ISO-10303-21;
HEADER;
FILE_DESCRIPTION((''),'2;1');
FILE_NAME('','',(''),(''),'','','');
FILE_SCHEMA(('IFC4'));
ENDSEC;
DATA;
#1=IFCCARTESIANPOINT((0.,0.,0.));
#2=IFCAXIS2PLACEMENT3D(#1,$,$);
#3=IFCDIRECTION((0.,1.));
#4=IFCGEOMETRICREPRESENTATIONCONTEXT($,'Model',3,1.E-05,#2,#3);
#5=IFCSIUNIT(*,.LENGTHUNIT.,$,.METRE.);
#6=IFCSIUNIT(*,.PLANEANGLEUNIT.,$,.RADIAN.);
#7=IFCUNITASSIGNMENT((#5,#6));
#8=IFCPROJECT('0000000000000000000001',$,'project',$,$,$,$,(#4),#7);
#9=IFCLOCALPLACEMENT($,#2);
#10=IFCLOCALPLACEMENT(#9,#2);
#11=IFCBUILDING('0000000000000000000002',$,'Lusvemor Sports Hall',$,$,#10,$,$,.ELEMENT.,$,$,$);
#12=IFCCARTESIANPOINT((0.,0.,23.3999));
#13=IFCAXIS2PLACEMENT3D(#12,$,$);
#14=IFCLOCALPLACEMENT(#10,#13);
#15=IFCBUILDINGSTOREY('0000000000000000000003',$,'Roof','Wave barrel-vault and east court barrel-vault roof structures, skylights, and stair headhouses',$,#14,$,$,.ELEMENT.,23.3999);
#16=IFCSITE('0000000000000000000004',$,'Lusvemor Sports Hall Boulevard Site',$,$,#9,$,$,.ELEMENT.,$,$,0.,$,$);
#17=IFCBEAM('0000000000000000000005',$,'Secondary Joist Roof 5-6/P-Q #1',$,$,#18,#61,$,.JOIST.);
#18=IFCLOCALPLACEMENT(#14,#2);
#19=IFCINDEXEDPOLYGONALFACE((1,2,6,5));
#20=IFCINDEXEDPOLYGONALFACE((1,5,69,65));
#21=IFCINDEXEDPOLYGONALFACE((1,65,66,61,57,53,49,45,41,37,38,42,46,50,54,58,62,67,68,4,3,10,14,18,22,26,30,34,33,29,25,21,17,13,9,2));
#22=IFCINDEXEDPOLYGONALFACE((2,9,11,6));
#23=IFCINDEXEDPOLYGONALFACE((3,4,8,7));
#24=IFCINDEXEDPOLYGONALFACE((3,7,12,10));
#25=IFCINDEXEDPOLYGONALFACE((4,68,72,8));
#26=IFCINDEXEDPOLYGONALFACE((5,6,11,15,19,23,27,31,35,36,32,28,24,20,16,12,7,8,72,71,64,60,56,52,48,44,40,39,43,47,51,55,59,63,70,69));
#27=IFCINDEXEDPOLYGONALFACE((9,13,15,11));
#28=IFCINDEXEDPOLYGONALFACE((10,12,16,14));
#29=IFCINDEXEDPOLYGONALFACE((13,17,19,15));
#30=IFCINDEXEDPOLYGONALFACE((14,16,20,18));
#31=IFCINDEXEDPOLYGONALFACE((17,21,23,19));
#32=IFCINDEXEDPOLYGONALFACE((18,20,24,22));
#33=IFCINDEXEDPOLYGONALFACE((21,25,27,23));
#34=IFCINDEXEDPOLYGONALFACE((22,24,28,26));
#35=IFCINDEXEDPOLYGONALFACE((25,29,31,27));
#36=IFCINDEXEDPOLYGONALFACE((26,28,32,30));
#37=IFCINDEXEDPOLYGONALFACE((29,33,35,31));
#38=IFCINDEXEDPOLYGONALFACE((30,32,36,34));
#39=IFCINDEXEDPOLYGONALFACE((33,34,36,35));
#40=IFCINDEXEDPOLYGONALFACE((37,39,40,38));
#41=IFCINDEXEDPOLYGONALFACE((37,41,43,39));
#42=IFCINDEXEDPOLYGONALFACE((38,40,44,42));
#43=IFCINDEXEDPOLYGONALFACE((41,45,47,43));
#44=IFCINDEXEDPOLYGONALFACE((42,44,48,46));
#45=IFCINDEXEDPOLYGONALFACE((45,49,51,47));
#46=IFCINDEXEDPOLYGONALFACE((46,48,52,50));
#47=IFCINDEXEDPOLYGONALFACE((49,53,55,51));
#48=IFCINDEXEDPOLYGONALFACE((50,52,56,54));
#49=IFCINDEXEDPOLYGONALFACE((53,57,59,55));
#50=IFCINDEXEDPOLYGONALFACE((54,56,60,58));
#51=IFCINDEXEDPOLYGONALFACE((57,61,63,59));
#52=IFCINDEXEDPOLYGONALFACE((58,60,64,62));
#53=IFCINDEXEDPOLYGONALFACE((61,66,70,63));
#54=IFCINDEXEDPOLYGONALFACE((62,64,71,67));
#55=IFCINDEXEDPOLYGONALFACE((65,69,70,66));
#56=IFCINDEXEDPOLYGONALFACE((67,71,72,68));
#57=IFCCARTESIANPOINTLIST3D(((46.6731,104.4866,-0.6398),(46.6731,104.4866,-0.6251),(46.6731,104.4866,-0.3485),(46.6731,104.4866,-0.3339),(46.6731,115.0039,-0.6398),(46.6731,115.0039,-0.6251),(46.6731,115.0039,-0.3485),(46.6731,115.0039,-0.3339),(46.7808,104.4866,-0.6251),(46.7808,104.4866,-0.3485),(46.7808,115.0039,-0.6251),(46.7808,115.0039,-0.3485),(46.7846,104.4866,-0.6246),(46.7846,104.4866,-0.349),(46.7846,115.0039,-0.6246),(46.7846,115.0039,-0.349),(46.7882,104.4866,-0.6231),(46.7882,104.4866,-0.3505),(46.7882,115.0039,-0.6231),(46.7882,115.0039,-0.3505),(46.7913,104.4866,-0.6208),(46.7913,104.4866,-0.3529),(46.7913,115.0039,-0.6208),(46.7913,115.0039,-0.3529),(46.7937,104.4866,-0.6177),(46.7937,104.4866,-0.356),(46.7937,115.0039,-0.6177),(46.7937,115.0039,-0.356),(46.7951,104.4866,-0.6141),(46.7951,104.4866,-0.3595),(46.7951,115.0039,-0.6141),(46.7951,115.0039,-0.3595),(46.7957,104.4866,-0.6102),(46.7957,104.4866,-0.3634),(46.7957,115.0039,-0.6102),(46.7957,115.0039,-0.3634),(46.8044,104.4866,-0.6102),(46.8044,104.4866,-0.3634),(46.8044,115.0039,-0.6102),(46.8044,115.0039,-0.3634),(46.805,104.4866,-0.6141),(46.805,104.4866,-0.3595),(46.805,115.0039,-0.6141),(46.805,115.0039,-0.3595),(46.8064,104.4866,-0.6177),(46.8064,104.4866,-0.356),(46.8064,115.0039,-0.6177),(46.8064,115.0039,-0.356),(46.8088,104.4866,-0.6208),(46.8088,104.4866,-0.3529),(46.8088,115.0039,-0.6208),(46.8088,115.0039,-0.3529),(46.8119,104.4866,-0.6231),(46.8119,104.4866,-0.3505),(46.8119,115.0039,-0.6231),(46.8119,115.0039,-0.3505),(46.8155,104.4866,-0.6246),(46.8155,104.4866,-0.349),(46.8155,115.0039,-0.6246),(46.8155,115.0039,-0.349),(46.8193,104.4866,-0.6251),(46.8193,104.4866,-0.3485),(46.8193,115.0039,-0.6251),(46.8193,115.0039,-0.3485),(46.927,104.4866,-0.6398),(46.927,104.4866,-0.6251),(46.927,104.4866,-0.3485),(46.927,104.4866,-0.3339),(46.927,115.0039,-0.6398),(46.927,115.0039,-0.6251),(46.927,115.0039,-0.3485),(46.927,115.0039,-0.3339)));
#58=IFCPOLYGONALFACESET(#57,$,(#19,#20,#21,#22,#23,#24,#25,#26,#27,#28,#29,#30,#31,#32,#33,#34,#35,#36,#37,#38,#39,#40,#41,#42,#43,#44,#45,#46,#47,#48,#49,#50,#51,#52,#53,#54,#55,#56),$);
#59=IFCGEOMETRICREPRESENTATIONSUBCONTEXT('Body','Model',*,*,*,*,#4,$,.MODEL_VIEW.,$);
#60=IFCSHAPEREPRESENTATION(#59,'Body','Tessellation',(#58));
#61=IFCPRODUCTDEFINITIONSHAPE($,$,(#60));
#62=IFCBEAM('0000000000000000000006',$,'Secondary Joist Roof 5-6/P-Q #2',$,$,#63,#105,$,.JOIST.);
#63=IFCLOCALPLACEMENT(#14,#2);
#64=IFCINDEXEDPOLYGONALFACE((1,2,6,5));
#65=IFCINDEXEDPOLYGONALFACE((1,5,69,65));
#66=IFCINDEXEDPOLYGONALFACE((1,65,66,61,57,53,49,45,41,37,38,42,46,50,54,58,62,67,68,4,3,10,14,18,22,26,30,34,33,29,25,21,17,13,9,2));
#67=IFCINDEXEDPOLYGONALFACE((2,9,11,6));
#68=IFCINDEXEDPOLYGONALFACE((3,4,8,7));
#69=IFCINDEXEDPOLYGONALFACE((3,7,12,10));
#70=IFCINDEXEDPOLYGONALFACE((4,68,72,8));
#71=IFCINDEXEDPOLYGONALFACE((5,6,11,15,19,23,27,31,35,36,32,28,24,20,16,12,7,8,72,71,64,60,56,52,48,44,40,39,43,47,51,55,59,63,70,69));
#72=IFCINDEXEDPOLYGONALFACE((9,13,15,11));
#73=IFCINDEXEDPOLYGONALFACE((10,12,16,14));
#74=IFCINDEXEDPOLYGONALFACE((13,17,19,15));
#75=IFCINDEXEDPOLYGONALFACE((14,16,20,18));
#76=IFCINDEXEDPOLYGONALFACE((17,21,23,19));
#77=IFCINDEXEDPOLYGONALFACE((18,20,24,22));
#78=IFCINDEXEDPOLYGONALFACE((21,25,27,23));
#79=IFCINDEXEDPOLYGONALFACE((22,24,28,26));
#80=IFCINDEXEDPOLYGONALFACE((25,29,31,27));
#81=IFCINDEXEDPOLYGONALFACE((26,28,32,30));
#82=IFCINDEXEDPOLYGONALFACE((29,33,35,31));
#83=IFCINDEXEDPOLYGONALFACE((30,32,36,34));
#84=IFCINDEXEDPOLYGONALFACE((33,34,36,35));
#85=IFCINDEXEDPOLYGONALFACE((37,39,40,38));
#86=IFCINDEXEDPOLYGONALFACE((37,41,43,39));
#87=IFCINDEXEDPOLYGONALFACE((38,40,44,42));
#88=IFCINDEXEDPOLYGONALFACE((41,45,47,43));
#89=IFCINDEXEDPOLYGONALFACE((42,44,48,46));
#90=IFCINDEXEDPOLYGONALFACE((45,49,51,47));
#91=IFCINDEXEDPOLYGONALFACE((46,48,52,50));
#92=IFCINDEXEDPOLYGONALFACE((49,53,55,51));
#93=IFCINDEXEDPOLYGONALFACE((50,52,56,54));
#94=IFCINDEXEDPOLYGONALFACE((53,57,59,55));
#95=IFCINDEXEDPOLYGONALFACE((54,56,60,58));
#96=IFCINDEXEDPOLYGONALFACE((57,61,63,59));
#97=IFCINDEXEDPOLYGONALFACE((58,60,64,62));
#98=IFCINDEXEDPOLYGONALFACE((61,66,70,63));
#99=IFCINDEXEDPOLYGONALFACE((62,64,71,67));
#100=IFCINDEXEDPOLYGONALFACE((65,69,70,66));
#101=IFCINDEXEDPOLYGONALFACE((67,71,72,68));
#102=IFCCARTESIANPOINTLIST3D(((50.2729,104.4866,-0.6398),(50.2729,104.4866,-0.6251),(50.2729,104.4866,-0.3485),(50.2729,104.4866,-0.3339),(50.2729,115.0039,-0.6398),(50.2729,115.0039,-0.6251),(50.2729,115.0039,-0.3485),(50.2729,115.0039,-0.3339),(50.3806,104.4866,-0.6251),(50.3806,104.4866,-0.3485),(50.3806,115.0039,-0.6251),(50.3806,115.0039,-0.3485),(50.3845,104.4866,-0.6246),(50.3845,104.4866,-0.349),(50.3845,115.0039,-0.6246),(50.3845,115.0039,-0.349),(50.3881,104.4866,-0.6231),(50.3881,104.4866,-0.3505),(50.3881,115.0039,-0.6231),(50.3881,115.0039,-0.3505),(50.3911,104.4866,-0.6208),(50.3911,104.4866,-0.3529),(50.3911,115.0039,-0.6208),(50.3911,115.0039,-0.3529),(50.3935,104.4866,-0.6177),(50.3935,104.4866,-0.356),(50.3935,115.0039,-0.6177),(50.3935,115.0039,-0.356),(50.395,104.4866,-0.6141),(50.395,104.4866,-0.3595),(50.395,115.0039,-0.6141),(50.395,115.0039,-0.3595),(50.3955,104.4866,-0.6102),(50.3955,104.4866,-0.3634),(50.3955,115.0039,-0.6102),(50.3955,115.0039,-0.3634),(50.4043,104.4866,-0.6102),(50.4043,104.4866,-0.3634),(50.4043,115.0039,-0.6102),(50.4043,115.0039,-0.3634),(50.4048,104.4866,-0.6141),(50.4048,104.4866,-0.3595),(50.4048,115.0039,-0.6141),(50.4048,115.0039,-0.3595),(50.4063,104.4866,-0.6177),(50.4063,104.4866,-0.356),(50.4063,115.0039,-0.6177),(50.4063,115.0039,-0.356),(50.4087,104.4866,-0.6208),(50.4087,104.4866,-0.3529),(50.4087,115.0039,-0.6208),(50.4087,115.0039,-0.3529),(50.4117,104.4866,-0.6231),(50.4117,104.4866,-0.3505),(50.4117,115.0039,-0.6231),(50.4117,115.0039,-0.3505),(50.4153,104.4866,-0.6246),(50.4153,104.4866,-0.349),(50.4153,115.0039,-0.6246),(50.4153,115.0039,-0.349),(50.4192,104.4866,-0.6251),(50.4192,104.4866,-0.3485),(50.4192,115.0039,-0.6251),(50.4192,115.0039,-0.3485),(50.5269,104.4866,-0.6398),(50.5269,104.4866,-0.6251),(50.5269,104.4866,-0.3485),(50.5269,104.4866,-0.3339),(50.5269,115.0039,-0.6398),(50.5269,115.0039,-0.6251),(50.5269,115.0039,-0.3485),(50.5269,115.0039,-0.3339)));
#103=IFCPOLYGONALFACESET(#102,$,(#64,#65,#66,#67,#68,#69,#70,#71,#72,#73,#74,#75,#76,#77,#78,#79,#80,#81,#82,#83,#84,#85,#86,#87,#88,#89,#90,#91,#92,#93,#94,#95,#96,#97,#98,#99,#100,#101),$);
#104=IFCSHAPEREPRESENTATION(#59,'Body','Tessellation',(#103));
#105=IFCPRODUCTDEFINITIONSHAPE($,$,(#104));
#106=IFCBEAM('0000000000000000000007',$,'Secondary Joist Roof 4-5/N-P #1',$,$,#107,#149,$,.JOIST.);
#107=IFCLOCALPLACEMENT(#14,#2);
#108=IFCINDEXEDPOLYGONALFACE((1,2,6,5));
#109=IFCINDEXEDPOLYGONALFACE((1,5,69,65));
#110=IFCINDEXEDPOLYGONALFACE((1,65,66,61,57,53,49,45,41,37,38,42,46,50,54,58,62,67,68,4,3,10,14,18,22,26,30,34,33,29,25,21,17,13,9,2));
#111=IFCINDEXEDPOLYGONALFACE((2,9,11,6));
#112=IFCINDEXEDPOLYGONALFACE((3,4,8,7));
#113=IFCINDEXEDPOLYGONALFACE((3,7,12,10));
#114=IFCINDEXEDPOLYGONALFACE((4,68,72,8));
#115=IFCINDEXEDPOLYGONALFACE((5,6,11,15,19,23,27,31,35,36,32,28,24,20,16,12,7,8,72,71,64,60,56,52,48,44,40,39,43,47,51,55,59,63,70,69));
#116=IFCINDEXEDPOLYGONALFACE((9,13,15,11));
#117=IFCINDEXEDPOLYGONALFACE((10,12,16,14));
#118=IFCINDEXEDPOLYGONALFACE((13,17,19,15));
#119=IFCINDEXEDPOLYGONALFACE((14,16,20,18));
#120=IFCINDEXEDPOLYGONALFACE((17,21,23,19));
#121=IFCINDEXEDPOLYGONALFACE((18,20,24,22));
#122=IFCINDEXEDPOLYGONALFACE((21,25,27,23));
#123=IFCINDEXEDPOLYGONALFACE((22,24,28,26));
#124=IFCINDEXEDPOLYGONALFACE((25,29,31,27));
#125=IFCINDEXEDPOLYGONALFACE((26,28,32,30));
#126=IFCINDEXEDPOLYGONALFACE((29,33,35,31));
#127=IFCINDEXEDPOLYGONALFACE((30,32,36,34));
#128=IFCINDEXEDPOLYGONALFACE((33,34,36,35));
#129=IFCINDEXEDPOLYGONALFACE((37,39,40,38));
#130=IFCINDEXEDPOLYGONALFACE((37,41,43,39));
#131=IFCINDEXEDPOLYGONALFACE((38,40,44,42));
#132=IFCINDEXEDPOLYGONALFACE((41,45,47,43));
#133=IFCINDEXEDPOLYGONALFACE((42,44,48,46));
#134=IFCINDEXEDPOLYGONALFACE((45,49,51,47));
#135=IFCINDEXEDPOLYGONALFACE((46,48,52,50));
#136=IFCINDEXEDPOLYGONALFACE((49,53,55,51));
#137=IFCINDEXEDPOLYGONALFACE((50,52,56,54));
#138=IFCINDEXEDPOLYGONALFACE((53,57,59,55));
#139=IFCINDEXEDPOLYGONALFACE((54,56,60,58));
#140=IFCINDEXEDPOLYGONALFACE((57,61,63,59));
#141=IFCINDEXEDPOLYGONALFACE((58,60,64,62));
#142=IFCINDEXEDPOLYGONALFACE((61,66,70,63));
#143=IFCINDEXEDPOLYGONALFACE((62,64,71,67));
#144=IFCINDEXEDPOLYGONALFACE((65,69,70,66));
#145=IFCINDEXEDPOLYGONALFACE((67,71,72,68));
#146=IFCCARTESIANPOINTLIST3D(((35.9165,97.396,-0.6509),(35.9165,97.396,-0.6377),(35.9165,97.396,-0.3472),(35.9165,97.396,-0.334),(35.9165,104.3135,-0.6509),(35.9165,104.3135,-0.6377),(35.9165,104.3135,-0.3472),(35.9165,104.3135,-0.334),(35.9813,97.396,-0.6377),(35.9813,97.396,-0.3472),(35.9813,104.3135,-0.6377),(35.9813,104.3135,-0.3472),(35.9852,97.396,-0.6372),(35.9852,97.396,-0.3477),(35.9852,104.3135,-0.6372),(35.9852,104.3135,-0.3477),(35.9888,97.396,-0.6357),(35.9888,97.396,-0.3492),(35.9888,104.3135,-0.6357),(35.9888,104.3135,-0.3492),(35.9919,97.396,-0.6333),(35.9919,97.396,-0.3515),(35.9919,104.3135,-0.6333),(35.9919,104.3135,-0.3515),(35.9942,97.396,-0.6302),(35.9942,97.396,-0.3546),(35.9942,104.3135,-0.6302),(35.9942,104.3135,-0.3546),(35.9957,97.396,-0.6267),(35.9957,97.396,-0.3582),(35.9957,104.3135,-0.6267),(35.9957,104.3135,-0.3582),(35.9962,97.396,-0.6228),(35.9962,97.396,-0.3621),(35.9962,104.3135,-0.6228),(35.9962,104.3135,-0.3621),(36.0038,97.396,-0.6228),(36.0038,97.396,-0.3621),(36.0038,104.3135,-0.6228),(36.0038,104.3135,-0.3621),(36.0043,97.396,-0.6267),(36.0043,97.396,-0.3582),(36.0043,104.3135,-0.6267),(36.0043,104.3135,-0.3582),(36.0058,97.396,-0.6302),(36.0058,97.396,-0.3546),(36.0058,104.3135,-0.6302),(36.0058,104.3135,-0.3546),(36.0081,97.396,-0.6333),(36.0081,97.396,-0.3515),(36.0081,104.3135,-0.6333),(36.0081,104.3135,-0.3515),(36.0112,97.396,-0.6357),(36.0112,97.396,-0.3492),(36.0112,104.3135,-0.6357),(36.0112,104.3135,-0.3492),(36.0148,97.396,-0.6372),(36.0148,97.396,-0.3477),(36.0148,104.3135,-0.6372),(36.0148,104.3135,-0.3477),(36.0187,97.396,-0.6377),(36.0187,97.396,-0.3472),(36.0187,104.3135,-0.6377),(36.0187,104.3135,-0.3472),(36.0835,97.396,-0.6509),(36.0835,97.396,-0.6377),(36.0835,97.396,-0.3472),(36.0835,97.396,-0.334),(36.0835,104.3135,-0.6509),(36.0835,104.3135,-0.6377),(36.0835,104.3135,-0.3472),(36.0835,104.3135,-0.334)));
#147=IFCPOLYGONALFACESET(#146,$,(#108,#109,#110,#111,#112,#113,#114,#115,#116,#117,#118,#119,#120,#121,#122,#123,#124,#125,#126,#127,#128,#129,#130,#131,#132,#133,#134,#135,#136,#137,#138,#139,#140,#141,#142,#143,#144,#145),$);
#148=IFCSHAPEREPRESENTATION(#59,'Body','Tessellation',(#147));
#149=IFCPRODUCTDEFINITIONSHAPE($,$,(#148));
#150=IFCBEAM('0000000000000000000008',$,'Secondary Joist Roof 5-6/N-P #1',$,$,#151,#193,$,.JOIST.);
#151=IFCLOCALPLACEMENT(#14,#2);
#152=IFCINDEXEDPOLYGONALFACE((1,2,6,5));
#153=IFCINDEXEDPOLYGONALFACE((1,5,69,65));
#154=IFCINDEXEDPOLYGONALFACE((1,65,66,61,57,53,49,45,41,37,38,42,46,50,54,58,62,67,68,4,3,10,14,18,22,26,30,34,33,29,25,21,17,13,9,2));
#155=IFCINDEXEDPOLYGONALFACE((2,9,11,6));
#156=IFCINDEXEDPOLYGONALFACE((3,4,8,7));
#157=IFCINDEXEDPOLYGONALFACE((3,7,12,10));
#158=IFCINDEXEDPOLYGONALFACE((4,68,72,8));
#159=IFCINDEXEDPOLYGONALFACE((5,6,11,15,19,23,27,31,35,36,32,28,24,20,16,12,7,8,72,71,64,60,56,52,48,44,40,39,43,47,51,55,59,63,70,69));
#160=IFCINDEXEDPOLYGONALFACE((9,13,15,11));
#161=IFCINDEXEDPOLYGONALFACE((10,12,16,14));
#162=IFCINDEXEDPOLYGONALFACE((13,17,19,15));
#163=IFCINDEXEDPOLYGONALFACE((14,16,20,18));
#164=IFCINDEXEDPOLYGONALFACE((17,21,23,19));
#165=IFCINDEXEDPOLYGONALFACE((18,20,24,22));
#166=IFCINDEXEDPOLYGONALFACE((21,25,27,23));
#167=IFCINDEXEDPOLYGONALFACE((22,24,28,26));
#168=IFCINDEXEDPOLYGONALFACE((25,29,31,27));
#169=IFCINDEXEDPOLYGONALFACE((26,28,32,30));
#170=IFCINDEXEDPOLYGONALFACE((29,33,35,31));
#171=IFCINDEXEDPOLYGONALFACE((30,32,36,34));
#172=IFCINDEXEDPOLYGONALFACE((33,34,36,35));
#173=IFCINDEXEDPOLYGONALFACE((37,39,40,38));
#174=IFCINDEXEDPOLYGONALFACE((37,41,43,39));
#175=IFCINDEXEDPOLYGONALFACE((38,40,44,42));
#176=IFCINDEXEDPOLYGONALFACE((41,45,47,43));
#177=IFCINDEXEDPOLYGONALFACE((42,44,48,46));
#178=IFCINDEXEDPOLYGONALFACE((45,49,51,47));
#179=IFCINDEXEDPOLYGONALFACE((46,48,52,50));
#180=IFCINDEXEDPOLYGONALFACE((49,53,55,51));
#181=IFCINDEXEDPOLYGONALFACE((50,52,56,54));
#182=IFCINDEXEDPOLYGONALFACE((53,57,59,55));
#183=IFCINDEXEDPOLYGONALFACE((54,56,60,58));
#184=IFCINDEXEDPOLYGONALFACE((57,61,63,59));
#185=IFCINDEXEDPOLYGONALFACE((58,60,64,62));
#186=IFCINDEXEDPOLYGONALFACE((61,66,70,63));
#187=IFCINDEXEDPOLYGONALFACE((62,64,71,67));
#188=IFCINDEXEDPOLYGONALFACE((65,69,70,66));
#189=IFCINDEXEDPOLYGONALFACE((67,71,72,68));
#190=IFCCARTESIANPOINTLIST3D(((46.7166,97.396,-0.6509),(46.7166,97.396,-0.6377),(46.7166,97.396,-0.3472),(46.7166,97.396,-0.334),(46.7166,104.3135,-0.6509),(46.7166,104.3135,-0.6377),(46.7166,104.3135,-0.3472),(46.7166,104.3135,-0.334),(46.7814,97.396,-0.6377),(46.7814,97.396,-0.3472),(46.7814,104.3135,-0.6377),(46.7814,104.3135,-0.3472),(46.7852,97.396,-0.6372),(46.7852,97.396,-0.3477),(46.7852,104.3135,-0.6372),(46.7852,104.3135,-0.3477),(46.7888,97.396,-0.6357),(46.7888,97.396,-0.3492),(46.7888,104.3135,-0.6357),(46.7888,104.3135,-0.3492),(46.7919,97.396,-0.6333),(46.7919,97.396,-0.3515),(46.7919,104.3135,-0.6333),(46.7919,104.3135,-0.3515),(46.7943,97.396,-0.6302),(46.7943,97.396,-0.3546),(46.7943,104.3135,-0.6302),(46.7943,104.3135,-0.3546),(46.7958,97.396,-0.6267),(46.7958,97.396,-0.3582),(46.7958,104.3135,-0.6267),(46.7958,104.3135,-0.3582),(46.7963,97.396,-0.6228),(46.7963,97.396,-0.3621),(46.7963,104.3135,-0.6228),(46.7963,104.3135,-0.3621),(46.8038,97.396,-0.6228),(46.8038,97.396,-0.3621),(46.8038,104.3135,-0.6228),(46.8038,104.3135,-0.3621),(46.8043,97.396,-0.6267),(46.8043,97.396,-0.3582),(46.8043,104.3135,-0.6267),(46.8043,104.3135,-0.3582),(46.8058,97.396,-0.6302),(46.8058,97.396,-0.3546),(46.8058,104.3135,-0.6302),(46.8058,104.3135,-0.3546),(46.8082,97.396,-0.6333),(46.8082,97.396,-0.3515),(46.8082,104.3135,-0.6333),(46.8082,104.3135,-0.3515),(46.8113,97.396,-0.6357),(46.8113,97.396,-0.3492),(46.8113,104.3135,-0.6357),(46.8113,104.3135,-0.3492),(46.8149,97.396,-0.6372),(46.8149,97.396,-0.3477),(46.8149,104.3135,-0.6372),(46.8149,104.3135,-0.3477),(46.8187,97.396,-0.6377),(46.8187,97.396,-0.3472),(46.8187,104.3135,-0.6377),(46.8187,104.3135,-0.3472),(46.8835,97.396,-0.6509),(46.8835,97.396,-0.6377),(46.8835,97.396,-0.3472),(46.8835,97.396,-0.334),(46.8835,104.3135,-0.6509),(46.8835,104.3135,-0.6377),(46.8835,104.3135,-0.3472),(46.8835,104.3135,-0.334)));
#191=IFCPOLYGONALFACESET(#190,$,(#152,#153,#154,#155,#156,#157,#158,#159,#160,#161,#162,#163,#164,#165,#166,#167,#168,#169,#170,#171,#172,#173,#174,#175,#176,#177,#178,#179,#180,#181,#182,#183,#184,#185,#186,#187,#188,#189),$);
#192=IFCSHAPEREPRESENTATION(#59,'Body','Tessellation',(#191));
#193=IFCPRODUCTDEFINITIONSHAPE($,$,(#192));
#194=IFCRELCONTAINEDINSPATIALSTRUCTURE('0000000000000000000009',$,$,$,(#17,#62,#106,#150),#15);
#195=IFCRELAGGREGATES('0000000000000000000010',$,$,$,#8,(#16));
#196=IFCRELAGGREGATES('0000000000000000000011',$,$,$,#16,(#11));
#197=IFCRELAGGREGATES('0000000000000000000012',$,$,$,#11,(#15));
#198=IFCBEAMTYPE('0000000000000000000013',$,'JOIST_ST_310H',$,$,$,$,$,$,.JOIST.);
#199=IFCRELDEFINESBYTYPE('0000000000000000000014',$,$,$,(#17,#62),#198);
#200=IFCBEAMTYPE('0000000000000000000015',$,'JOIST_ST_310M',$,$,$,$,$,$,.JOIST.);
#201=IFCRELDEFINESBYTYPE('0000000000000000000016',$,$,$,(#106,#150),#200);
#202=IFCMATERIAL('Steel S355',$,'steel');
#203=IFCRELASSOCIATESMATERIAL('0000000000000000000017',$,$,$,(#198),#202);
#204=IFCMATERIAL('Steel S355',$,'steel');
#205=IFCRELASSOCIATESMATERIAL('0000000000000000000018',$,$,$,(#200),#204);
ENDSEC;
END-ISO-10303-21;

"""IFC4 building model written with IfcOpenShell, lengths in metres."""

from ifc_helpers import new_model, si_unit, direction, frame, origin, origin_2d, place, context, subcontext, project, spatial, i_section, extrude, material, material_profile, profile_set, type_object, element, save


model = new_model("IFC4")

# Units and contexts
model_context = context("Model", 3, precision=1e-05, world=origin(), true_north=direction((0.0, 1.0)))
body_context = subcontext(model_context, "Body", "Model", "MODEL_VIEW")
ifc_project = project(units=[si_unit("LENGTHUNIT", "METRE"), si_unit("PLANEANGLEUNIT", "RADIAN")], contexts=[model_context])

# Site, building, storey
site_placement = place(None, origin())
site = spatial("IfcSite", under=ifc_project, at=site_placement, Name="Lusvemor Sports Hall Boulevard Site", CompositionType="ELEMENT", RefElevation=0.0)
building_placement = place(site_placement, origin())
building = spatial("IfcBuilding", under=site, at=building_placement, Name="Lusvemor Sports Hall", CompositionType="ELEMENT")
storey_placement = place(building_placement, frame((0.0, 0.0, 23.3999)))
storey = spatial("IfcBuildingStorey", under=building, at=storey_placement, Name="Roof", Description="Wave barrel-vault and east court barrel-vault roof structures, skylights, and stair headhouses", CompositionType="ELEMENT", Elevation=23.3999)

# Beams
ifc_material_1 = material(Name="Steel S355", Category="steel")
ifc_material_profile_1 = material_profile(ifc_material_1, i_section(OverallWidth=0.2539, OverallDepth=0.3059, WebThickness=0.0088, FlangeThickness=0.0146, FilletRadius=0.0149, at=origin_2d()), Name="W310x79.0")
ifc_profile_set_1 = profile_set([ifc_material_profile_1], Name="Steel S355")
beam_type_1 = type_object("IfcBeamType", Name="JOIST_ST_310H", PredefinedType="JOIST", material=ifc_profile_set_1)
for number, where, z_axis, x_axis, name in (
    (1, (46.8, 104.4866, -0.4868), (0.0, 1.0, 0.0), (-1.0, 0.0, 0.0), "Secondary Joist Roof 5-6/P-Q #1"),
    (2, (50.3999, 104.4866, -0.4868), (0.0, 1.0, 0.0), (-1.0, 0.0, 0.0), "Secondary Joist Roof 5-6/P-Q #2"),
):
    element("IfcBeam", number, at=place(storey_placement, frame(where, z_axis=z_axis, x_axis=x_axis)), inside=storey, type_object=beam_type_1, Name=name, PredefinedType="JOIST", context=body_context, shape_type="SweptSolid", body=[
        extrude(i_section(OverallWidth=0.2539, OverallDepth=0.3059, WebThickness=0.0088, FlangeThickness=0.0146, FilletRadius=0.0149, at=origin_2d()), origin(), (0.0, 0.0, 1.0), 10.5173),
    ])
ifc_material_2 = material(Name="Steel S355", Category="steel")
ifc_material_profile_2 = material_profile(ifc_material_2, i_section(OverallWidth=0.167, OverallDepth=0.3169, WebThickness=0.0076, FlangeThickness=0.0132, FilletRadius=0.0149, at=origin_2d()), Name="W310x52.0")
ifc_profile_set_2 = profile_set([ifc_material_profile_2], Name="Steel S355")
beam_type_2 = type_object("IfcBeamType", Name="JOIST_ST_310M", PredefinedType="JOIST", material=ifc_profile_set_2)
for number, where, z_axis, x_axis, name in (
    (3, (36.0, 97.396, -0.4924), (0.0, 1.0, 0.0), (-1.0, 0.0, 0.0), "Secondary Joist Roof 4-5/N-P #1"),
    (4, (46.8, 97.396, -0.4924), (0.0, 1.0, 0.0), (-1.0, 0.0, 0.0), "Secondary Joist Roof 5-6/N-P #1"),
):
    element("IfcBeam", number, at=place(storey_placement, frame(where, z_axis=z_axis, x_axis=x_axis)), inside=storey, type_object=beam_type_2, Name=name, PredefinedType="JOIST", context=body_context, shape_type="SweptSolid", body=[
        extrude(i_section(OverallWidth=0.167, OverallDepth=0.3169, WebThickness=0.0076, FlangeThickness=0.0132, FilletRadius=0.0149, at=origin_2d()), origin(), (0.0, 0.0, 1.0), 6.9175),
    ])

save(model, "model.ifc")
